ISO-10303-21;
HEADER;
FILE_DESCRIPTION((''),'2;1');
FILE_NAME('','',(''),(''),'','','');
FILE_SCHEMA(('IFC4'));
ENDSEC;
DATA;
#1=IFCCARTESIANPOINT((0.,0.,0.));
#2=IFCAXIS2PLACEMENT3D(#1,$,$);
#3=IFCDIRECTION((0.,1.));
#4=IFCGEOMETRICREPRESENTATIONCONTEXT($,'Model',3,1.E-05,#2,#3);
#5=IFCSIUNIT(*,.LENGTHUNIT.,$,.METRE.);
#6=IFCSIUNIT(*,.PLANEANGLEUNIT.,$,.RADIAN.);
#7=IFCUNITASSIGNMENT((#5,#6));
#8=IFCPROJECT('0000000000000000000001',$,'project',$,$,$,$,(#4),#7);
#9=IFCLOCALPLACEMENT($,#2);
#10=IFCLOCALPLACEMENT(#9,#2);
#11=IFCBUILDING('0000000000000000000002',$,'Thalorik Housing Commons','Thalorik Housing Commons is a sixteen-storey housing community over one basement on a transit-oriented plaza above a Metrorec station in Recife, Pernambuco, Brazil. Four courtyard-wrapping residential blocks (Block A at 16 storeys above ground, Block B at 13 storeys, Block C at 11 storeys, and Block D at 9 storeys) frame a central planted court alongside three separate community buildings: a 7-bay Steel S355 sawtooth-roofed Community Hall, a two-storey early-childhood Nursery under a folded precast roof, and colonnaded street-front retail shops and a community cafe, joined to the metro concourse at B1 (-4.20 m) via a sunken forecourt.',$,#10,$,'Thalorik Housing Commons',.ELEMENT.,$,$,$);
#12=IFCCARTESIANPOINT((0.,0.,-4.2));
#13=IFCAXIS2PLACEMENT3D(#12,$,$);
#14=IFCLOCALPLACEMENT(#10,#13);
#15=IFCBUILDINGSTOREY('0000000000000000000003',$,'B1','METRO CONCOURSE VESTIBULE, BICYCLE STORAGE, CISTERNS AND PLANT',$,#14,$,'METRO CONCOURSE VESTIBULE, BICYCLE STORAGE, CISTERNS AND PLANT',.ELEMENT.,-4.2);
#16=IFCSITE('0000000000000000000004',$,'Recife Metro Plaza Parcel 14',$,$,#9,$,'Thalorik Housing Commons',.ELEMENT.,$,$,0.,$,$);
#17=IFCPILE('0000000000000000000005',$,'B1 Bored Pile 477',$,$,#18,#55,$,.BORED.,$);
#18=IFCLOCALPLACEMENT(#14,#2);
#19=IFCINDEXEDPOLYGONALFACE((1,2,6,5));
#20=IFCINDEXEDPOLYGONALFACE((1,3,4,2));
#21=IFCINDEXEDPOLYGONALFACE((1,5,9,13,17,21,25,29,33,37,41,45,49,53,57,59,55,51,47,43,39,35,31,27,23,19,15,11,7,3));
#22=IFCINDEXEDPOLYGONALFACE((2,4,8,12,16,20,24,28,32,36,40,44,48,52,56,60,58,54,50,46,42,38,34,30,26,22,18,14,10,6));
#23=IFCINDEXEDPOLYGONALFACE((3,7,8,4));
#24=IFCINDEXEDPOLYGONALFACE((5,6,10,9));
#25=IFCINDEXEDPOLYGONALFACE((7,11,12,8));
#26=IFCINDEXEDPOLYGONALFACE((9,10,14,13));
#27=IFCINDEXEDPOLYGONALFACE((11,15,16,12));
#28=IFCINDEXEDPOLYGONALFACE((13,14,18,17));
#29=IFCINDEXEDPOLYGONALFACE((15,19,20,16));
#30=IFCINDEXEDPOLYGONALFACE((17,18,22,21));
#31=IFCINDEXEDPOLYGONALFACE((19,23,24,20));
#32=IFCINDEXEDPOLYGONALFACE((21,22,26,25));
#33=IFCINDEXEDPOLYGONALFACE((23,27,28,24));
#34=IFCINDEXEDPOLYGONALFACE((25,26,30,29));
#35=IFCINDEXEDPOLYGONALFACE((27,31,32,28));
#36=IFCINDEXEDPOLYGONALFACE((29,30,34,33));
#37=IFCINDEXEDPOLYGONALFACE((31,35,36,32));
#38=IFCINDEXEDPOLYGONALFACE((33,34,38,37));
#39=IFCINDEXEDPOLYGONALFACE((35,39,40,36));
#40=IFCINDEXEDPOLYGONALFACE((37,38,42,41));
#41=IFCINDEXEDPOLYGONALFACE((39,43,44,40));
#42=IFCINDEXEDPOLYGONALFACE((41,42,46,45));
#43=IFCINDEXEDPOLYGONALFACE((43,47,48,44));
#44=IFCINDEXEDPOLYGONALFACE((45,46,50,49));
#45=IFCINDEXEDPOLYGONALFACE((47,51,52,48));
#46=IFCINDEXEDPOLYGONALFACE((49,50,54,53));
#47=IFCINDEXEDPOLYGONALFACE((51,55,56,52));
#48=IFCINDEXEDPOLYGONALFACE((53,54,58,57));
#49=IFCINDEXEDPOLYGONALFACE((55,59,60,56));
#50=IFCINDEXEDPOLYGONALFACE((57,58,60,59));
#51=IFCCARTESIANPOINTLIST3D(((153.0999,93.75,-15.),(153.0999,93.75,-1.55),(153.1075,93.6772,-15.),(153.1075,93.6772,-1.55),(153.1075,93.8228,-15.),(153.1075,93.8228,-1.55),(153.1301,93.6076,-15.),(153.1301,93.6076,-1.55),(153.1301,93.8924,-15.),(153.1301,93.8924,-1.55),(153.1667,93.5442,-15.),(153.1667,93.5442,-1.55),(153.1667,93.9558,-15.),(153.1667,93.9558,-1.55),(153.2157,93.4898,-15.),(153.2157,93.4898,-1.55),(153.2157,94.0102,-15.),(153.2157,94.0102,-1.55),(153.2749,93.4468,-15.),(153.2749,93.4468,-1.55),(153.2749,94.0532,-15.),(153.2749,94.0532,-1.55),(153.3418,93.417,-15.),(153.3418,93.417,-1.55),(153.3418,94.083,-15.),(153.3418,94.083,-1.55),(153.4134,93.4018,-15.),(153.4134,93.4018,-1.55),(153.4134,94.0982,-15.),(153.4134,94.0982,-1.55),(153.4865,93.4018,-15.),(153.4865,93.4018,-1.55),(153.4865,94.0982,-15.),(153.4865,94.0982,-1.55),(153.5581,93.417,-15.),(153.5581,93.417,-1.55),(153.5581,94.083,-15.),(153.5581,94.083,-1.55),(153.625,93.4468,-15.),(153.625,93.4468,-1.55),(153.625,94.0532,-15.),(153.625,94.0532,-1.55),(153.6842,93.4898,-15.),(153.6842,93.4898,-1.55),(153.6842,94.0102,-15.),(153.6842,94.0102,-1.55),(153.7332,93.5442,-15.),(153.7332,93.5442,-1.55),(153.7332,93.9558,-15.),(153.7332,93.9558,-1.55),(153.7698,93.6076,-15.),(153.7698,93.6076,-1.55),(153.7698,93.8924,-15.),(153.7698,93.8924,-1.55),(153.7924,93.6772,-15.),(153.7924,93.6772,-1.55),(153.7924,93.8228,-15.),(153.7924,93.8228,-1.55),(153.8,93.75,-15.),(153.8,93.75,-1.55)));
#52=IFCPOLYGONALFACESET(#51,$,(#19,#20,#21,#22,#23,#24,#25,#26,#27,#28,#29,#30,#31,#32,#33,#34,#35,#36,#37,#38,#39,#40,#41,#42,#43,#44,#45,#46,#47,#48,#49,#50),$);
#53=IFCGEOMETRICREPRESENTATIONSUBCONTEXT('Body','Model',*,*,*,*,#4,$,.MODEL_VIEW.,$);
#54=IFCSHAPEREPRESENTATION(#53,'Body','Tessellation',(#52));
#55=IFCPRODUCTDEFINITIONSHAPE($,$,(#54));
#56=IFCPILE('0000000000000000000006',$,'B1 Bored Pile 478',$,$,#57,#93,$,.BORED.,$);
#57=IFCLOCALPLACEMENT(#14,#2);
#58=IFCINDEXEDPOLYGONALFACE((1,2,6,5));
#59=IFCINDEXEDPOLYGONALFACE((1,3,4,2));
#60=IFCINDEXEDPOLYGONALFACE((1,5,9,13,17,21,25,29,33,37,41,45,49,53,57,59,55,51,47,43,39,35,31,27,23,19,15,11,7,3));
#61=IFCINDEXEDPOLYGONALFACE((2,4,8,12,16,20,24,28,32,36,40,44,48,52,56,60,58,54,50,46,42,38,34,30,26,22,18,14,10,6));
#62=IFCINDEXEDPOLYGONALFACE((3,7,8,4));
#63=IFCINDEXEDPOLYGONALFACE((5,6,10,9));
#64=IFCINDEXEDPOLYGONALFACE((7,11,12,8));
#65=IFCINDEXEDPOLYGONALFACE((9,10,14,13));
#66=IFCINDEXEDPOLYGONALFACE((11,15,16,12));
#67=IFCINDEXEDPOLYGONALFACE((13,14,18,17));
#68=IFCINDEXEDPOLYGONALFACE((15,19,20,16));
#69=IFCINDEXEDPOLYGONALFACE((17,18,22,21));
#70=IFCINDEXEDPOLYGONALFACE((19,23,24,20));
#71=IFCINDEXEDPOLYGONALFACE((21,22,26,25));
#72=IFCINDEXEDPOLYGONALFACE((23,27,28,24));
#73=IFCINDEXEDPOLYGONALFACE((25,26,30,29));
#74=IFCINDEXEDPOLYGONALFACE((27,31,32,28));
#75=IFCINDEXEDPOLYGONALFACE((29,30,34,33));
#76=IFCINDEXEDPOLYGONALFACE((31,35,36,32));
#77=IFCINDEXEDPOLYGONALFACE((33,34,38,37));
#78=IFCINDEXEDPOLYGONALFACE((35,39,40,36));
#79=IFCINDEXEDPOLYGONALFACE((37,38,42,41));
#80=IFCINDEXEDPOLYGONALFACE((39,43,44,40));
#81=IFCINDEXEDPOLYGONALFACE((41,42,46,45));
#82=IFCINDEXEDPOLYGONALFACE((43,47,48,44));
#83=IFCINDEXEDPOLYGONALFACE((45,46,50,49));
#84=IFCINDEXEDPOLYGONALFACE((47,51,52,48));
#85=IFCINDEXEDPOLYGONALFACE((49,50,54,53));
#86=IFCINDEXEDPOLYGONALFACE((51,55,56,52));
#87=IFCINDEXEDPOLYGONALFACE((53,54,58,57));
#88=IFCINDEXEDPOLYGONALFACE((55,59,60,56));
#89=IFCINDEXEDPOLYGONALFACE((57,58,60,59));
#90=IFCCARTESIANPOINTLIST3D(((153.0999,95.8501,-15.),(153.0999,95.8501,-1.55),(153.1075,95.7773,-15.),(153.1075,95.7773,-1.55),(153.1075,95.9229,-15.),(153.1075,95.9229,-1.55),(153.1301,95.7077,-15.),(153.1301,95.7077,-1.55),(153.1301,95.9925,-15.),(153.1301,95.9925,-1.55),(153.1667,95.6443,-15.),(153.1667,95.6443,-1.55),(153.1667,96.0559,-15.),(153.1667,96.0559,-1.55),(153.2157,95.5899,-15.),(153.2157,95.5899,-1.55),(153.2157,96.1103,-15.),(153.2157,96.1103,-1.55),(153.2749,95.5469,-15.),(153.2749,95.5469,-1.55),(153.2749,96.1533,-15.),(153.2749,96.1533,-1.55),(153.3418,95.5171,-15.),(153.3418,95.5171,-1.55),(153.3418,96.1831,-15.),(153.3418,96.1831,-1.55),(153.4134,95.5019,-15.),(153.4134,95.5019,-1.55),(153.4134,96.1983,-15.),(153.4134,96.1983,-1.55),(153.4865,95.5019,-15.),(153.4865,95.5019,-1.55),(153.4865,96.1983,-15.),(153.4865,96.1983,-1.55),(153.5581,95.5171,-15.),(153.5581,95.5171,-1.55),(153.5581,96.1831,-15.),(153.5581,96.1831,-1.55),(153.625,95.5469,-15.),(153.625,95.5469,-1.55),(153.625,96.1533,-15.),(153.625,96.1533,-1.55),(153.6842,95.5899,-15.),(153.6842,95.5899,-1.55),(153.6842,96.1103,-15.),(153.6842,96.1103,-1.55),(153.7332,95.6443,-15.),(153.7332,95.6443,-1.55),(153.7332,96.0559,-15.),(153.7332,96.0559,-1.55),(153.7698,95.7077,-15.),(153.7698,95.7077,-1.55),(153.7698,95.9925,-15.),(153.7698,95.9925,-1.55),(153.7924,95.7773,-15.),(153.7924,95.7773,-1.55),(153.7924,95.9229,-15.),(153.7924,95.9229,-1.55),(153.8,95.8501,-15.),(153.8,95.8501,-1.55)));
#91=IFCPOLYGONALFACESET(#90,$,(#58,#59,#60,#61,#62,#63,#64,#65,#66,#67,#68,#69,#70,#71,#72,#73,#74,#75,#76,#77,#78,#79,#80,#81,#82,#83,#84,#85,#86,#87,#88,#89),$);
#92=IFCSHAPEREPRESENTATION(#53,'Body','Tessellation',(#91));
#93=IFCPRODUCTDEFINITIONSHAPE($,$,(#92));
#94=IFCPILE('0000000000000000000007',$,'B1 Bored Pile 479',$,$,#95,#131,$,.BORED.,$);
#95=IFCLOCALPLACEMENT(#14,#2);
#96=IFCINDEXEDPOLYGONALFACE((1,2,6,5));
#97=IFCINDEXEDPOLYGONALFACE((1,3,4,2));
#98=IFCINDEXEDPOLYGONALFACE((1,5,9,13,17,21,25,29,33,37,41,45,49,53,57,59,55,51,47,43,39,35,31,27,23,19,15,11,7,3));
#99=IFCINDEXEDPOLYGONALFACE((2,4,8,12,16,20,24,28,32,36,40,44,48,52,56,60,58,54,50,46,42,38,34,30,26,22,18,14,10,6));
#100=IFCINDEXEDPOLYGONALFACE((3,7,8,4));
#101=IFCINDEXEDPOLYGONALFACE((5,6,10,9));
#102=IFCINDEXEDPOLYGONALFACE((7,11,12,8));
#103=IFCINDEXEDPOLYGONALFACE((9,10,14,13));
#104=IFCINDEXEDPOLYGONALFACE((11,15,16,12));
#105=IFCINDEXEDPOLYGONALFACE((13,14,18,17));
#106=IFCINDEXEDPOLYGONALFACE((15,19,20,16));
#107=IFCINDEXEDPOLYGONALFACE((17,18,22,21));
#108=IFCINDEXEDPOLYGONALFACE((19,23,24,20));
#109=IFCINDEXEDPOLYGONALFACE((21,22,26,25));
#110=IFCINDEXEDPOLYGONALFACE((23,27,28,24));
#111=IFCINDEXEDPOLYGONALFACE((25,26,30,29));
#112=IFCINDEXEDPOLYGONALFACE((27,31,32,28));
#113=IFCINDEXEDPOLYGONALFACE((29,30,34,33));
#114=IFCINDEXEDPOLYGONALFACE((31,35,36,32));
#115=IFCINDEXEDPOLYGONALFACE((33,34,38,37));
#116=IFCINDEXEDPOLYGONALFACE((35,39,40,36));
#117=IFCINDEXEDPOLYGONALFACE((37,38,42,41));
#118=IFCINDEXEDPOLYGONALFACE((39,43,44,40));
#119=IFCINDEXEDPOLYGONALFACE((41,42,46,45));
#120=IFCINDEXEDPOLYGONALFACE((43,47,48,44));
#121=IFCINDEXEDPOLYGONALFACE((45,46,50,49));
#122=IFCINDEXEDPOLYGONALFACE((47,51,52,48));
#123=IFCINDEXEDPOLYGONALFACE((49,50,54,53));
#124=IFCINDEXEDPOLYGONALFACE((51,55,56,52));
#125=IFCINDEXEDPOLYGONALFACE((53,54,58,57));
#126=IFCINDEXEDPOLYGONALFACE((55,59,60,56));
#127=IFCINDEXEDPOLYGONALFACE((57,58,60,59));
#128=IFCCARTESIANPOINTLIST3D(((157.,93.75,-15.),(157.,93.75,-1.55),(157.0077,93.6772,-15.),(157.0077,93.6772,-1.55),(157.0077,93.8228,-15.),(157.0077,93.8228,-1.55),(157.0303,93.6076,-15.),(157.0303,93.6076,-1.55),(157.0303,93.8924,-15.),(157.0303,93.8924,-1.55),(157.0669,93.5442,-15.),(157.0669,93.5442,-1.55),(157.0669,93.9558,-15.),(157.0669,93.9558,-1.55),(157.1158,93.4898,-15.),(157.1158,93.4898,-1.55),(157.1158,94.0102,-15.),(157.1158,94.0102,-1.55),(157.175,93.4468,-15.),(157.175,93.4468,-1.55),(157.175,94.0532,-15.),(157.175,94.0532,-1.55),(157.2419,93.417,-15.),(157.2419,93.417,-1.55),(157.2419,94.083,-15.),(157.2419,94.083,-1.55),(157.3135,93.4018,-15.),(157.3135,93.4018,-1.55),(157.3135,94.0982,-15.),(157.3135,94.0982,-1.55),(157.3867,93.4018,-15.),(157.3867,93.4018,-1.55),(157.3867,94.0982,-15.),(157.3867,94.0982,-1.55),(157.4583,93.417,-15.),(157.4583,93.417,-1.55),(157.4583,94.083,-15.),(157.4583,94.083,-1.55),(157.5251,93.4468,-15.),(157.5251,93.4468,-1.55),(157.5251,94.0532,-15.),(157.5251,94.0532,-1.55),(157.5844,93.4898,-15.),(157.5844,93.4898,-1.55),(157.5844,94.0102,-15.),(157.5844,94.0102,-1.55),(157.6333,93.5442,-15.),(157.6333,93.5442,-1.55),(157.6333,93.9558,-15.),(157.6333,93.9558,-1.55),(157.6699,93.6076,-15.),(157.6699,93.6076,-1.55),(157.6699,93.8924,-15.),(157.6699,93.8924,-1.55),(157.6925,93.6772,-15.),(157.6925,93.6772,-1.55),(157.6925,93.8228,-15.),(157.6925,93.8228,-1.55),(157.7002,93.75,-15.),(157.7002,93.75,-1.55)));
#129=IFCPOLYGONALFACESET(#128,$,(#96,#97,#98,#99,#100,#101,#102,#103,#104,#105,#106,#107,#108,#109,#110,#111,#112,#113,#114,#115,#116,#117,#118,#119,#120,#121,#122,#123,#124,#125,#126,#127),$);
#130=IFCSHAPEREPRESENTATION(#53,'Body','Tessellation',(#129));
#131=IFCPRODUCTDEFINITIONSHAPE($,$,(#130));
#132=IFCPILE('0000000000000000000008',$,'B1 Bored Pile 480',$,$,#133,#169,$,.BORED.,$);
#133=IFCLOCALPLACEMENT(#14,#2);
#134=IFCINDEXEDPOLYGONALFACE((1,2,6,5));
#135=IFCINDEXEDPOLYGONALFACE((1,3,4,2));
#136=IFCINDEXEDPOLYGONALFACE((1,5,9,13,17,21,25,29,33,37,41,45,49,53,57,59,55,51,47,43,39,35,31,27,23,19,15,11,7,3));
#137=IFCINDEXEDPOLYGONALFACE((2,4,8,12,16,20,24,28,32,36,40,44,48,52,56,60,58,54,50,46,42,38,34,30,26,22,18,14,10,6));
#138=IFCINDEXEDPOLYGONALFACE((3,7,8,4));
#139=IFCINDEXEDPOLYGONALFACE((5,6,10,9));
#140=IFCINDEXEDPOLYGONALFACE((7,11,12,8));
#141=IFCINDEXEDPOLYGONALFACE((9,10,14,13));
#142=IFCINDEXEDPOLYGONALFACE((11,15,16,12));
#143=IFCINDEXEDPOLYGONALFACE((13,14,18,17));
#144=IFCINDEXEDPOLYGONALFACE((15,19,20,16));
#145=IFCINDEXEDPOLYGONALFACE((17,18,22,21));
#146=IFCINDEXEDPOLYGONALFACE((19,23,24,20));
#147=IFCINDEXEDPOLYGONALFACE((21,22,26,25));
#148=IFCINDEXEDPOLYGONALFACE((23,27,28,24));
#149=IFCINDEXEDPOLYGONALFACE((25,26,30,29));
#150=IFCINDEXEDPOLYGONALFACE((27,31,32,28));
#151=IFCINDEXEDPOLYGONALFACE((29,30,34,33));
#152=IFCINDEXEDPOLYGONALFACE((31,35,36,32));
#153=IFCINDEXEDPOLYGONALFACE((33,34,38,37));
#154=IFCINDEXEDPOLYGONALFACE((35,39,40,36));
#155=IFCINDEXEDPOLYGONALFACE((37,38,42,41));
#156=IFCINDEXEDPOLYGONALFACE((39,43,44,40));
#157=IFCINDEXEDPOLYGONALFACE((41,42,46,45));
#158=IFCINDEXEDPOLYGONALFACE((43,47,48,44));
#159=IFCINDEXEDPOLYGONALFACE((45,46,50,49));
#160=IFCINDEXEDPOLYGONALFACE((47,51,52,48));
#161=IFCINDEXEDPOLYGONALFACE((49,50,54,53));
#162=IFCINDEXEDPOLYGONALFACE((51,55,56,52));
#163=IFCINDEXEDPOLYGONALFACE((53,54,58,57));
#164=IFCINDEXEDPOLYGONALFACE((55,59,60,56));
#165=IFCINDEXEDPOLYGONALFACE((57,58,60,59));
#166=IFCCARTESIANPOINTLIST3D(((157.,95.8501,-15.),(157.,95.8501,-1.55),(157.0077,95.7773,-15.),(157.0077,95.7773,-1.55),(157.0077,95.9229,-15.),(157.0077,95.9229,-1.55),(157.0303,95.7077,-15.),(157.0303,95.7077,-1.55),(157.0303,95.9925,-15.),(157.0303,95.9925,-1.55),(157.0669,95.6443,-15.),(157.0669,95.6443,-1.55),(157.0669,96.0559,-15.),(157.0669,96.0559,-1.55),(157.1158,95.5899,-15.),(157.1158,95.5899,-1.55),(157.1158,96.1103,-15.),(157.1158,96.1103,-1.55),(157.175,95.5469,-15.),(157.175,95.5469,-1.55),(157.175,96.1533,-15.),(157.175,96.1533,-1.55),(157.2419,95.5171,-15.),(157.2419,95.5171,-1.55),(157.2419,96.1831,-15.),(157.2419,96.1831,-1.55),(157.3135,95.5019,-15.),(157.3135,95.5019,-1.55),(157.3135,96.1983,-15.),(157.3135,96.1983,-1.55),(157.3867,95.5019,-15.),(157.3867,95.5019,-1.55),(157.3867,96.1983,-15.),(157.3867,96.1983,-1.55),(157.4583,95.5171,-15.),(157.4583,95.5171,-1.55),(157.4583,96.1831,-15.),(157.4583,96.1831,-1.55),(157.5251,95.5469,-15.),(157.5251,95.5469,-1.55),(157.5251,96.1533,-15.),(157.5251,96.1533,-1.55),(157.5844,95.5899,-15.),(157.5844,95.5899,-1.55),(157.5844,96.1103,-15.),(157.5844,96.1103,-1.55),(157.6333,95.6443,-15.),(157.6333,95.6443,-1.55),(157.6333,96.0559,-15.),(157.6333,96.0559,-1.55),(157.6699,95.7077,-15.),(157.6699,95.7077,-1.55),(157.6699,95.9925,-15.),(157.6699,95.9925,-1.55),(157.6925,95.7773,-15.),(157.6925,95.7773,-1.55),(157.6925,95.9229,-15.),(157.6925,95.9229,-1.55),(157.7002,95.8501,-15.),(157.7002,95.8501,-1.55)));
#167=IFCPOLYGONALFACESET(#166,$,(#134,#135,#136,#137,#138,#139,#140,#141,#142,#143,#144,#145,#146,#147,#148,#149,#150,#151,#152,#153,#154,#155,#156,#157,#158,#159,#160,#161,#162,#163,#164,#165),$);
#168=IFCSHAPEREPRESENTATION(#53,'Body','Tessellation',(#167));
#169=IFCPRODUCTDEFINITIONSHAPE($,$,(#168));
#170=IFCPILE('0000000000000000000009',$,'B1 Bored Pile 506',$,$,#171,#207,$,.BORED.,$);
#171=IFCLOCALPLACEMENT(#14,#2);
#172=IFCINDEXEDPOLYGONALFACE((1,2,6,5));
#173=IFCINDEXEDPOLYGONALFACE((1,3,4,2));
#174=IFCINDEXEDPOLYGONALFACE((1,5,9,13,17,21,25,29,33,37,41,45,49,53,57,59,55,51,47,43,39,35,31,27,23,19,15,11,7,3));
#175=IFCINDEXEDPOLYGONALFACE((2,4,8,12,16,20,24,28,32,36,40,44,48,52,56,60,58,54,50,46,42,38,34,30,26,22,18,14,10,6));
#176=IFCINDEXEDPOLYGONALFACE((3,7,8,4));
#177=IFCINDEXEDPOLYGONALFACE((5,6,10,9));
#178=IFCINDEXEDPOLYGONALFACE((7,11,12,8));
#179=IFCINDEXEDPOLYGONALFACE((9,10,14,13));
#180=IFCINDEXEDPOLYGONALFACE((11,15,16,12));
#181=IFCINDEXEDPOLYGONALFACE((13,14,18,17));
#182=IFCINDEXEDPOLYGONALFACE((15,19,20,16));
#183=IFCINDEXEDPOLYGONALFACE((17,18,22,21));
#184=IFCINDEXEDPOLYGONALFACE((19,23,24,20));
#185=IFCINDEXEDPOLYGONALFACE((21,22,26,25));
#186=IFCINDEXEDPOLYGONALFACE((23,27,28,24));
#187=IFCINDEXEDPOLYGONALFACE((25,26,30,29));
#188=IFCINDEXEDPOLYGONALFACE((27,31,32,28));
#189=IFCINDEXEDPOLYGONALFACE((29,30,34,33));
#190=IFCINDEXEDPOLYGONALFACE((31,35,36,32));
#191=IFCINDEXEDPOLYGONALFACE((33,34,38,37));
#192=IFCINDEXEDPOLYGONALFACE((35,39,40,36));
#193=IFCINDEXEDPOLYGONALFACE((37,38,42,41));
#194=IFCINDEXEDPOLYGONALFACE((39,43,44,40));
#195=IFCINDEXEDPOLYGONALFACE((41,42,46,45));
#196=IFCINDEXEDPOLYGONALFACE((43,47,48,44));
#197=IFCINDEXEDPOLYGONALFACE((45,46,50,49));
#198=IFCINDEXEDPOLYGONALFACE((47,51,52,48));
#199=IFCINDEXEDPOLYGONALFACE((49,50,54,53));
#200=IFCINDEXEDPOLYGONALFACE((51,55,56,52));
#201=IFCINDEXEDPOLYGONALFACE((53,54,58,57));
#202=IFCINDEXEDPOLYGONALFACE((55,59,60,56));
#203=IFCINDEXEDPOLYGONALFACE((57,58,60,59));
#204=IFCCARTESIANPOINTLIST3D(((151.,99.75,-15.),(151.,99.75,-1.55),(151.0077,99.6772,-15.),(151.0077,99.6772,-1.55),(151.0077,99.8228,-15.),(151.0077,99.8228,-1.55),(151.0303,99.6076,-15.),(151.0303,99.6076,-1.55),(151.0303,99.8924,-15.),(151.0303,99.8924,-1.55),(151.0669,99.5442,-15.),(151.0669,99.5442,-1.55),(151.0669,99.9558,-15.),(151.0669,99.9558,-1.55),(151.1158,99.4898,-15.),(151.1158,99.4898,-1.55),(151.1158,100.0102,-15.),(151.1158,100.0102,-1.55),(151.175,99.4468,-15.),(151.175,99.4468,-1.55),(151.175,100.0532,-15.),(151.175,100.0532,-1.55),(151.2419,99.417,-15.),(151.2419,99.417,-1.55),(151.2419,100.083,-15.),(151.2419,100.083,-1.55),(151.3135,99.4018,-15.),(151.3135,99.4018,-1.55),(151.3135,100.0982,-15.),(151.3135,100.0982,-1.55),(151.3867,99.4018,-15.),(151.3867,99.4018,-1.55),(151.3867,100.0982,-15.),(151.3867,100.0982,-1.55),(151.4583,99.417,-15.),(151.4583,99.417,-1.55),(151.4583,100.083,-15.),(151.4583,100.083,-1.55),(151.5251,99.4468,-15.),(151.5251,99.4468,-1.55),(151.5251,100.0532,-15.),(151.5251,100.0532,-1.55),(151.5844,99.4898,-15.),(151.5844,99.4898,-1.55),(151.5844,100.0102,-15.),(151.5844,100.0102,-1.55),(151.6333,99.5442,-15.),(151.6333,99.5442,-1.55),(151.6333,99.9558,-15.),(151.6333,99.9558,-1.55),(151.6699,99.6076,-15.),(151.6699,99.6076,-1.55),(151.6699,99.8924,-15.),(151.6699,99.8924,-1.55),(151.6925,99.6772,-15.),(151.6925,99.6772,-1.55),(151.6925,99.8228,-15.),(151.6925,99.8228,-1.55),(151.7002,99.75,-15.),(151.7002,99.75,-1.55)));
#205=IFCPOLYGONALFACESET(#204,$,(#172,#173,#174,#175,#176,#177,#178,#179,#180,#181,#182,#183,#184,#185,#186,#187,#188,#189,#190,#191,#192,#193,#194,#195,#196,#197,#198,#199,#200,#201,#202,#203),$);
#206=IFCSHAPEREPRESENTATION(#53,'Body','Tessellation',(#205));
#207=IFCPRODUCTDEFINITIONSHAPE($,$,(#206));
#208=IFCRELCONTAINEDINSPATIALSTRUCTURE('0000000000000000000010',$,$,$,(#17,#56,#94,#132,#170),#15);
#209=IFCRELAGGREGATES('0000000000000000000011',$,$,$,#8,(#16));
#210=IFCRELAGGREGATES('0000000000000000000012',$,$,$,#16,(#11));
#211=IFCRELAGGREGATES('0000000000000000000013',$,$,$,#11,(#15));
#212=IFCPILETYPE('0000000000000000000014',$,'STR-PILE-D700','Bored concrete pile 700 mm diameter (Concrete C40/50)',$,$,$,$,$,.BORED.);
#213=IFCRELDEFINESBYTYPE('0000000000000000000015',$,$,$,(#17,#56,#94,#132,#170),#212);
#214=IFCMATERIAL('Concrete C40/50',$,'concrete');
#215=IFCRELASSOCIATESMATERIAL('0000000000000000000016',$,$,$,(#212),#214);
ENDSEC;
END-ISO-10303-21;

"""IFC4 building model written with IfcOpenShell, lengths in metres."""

from ifc_helpers import new_model, si_unit, direction, frame, origin, origin_2d, place, context, subcontext, project, spatial, circle, extrude, material, material_profile, profile_set, type_object, element, save


model = new_model("IFC4")

# Units and contexts
model_context = context("Model", 3, precision=1e-05, world=origin(), true_north=direction((0.0, 1.0)))
body_context = subcontext(model_context, "Body", "Model", "MODEL_VIEW")
ifc_project = project(units=[si_unit("LENGTHUNIT", "METRE"), si_unit("PLANEANGLEUNIT", "RADIAN")], contexts=[model_context])

# Site, building, storey
site_placement = place(None, origin())
site = spatial("IfcSite", under=ifc_project, at=site_placement, Name="Recife Metro Plaza Parcel 14", LongName="Thalorik Housing Commons", CompositionType="ELEMENT", RefElevation=0.0)
building_placement = place(site_placement, origin())
building = spatial("IfcBuilding", under=site, at=building_placement, Name="Thalorik Housing Commons", Description="Thalorik Housing Commons is a sixteen-storey housing community over one basement on a transit-oriented plaza above a Metrorec station in Recife, Pernambuco, Brazil. Four courtyard-wrapping residential blocks (Block A at 16 storeys above ground, Block B at 13 storeys, Block C at 11 storeys, and Block D at 9 storeys) frame a central planted court alongside three separate community buildings: a 7-bay Steel S355 sawtooth-roofed Community Hall, a two-storey early-childhood Nursery under a folded precast roof, and colonnaded street-front retail shops and a community cafe, joined to the metro concourse at B1 (-4.20 m) via a sunken forecourt.", LongName="Thalorik Housing Commons", CompositionType="ELEMENT")
storey_placement = place(building_placement, frame((0.0, 0.0, -4.2)))
storey = spatial("IfcBuildingStorey", under=building, at=storey_placement, Name="B1", Description="METRO CONCOURSE VESTIBULE, BICYCLE STORAGE, CISTERNS AND PLANT", LongName="METRO CONCOURSE VESTIBULE, BICYCLE STORAGE, CISTERNS AND PLANT", CompositionType="ELEMENT", Elevation=-4.2)

# Shared definitions
ifc_material_1 = material(Name="Concrete C40/50", Category="concrete")

# Piles
ifc_material_profile_1 = material_profile(ifc_material_1, circle(Radius=0.3501, at=origin_2d()), Name="BORED PILE D700", Category="concrete")
ifc_profile_set_1 = profile_set([ifc_material_profile_1], Name="Concrete C40/50")
pile_type = type_object("IfcPileType", Name="STR-PILE-D700", Description="Bored concrete pile 700 mm diameter (Concrete C40/50)", PredefinedType="BORED", material=ifc_profile_set_1)
for number, where, z_axis, x_axis, name in (
    (1, (153.45, 93.75, -1.55), (0.0, 0.0, -1.0), (1.0, 0.0, 0.0), "B1 Bored Pile 477"),
    (2, (153.45, 95.8501, -1.55), (0.0, 0.0, -1.0), (1.0, 0.0, 0.0), "B1 Bored Pile 478"),
    (3, (157.3501, 93.75, -1.55), (0.0, 0.0, -1.0), (1.0, 0.0, 0.0), "B1 Bored Pile 479"),
    (4, (157.3501, 95.8501, -1.55), (0.0, 0.0, -1.0), (1.0, 0.0, 0.0), "B1 Bored Pile 480"),
    (5, (151.3501, 99.75, -1.55), (0.0, 0.0, -1.0), (1.0, 0.0, 0.0), "B1 Bored Pile 506"),
):
    element("IfcPile", number, at=place(storey_placement, frame(where, z_axis=z_axis, x_axis=x_axis)), inside=storey, type_object=pile_type, Name=name, PredefinedType="BORED", context=body_context, shape_type="SweptSolid", body=[
        extrude(circle(Radius=0.3501, at=origin_2d()), origin(), (0.0, 0.0, 1.0), 13.45),
    ])

save(model, "model.ifc")
